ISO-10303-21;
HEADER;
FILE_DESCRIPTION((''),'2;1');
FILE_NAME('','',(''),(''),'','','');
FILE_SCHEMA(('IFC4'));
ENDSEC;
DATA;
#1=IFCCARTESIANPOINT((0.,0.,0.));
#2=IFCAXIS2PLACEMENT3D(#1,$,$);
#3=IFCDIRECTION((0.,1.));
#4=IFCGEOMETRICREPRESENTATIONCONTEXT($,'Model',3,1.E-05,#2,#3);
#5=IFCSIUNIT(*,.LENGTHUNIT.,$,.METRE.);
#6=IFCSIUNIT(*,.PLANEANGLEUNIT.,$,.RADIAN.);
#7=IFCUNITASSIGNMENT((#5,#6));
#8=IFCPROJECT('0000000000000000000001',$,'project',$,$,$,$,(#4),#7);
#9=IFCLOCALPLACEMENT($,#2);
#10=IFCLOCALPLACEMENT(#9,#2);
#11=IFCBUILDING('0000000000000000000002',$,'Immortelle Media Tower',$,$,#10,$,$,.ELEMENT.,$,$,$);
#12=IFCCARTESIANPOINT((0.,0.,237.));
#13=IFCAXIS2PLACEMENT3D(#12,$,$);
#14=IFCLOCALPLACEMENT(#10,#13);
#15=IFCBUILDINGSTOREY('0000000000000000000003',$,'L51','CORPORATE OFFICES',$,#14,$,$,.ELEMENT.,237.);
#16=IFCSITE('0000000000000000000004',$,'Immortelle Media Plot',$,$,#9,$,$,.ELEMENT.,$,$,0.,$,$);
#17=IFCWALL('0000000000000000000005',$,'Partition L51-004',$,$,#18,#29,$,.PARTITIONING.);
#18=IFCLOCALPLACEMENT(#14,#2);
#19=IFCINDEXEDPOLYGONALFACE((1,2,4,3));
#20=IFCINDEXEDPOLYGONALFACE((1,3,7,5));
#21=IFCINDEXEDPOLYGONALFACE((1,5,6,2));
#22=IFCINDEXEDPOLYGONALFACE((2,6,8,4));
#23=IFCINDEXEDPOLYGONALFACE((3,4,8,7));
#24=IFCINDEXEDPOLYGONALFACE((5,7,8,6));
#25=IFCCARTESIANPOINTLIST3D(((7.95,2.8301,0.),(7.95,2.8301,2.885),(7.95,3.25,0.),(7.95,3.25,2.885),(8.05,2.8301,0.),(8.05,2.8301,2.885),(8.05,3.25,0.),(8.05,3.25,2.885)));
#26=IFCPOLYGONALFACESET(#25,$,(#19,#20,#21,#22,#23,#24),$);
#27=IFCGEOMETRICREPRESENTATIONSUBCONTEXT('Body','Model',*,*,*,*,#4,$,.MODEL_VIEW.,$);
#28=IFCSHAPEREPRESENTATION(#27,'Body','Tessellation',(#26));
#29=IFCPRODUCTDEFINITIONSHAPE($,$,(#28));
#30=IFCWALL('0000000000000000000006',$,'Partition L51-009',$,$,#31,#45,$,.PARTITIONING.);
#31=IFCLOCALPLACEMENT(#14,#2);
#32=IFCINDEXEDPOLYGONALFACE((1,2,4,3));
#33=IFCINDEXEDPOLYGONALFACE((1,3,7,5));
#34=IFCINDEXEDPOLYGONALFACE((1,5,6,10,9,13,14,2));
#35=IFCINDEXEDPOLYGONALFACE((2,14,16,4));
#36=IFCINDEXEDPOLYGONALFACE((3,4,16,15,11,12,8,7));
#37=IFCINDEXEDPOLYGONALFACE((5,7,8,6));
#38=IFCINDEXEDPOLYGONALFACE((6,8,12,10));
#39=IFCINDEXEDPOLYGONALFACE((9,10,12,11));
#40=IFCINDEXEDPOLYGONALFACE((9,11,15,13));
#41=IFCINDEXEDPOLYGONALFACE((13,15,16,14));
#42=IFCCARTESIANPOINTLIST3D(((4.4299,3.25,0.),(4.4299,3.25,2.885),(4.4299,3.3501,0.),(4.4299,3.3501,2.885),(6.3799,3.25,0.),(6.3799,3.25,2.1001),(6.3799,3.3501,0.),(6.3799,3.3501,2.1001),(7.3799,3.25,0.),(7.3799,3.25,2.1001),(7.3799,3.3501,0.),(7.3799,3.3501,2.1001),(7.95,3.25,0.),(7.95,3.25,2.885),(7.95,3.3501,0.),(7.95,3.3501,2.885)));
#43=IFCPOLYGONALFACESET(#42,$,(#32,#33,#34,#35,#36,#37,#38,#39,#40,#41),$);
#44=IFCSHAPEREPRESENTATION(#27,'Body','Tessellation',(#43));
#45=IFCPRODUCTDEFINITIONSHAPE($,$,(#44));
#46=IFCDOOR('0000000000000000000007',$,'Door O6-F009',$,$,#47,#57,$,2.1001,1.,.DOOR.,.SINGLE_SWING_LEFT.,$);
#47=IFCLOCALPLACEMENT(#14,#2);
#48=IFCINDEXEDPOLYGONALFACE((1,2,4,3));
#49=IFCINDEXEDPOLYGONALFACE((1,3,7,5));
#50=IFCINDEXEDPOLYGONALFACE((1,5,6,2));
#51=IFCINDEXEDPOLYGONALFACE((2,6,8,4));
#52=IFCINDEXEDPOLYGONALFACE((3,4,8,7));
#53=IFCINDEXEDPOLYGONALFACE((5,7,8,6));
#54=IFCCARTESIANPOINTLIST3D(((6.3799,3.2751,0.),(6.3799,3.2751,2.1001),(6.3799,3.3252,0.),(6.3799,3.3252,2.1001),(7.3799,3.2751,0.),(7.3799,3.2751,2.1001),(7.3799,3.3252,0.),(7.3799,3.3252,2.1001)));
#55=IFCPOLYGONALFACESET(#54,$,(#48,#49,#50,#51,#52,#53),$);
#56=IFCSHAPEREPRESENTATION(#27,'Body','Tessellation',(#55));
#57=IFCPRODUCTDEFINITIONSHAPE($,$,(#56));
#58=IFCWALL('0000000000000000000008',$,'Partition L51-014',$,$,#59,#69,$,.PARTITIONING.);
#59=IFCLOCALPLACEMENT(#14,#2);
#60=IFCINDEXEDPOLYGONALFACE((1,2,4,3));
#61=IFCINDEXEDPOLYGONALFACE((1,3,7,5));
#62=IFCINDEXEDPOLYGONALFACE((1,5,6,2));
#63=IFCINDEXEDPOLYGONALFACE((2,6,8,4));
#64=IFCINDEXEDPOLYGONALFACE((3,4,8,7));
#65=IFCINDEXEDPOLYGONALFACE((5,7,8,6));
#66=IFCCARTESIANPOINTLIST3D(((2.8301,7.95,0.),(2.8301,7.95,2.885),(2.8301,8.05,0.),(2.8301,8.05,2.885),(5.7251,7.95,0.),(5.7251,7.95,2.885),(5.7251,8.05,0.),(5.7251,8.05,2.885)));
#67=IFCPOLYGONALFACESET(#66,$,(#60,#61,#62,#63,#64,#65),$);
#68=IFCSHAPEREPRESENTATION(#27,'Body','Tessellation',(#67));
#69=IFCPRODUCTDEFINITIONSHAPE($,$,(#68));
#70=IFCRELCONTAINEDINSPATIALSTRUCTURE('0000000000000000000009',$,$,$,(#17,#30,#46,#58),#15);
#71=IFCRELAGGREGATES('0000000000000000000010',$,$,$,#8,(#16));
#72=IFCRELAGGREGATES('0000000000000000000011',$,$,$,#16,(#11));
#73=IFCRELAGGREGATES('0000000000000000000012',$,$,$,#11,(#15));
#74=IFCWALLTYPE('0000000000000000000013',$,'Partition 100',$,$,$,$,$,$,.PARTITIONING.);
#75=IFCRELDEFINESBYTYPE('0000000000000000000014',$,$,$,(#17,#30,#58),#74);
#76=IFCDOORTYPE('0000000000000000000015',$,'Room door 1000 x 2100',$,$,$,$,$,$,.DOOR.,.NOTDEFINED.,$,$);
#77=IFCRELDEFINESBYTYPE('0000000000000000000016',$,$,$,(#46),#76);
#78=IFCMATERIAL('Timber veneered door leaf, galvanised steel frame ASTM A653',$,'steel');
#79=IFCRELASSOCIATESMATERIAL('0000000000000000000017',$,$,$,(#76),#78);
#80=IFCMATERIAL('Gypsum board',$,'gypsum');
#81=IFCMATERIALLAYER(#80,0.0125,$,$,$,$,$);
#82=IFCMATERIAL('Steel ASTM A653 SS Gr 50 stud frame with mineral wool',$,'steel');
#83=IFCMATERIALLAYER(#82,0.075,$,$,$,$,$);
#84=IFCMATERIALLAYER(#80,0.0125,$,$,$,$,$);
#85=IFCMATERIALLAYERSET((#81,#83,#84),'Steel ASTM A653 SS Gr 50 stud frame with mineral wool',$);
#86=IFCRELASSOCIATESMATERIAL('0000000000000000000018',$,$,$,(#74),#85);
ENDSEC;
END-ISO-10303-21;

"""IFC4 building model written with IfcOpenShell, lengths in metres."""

from ifc_helpers import new_model, si_unit, direction, frame, frame_2d, origin, place, context, subcontext, project, spatial, rectangle, extrude, material, layer, layer_set, type_object, element, fill, save


model = new_model("IFC4")

# Units and contexts
model_context = context("Model", 3, precision=1e-05, world=origin(), true_north=direction((0.0, 1.0)))
body_context = subcontext(model_context, "Body", "Model", "MODEL_VIEW")
ifc_project = project(units=[si_unit("LENGTHUNIT", "METRE"), si_unit("PLANEANGLEUNIT", "RADIAN")], contexts=[model_context])

# Site, building, storey
site_placement = place(None, origin())
site = spatial("IfcSite", under=ifc_project, at=site_placement, Name="Immortelle Media Plot", CompositionType="ELEMENT", RefElevation=0.0)
building_placement = place(site_placement, origin())
building = spatial("IfcBuilding", under=site, at=building_placement, Name="Immortelle Media Tower", CompositionType="ELEMENT")
storey_placement = place(building_placement, frame((0.0, 0.0, 237.0)))
storey = spatial("IfcBuildingStorey", under=building, at=storey_placement, Name="L51", Description="CORPORATE OFFICES", CompositionType="ELEMENT", Elevation=237.0)

# Shared definitions
ifc_material_1 = material(Name="Steel ASTM A653 SS Gr 50 stud frame with mineral wool", Category="steel")
ifc_material_2 = material(Name="Timber veneered door leaf, galvanised steel frame ASTM A653", Category="steel")
door_type = type_object("IfcDoorType", Name="Room door 1000 x 2100", OperationType="NOTDEFINED", PredefinedType="DOOR", material=ifc_material_2)

# Wall
ifc_material_3 = material(Name="Gypsum board", Category="gypsum")
ifc_layer_1 = layer(ifc_material_3, 0.0125)
ifc_layer_2 = layer(ifc_material_1, 0.075)
ifc_layer_3 = layer(ifc_material_3, 0.0125)
ifc_layer_set_1 = layer_set([ifc_layer_1, ifc_layer_2, ifc_layer_3], Name="Steel ASTM A653 SS Gr 50 stud frame with mineral wool")
wall_type_1 = type_object("IfcWallType", Name="Partition 100", PredefinedType="PARTITIONING", material=ifc_layer_set_1)
wall_1_placement = place(storey_placement, frame((8.0, 2.8301, 0.0), z_axis=(0.0, 0.0, 1.0), x_axis=(0.0, 1.0, 0.0)))
element("IfcWall", 1, at=wall_1_placement, inside=storey, type_object=wall_type_1, Name="Partition L51-004", PredefinedType="PARTITIONING", context=body_context, shape_type="SweptSolid", body=[
    extrude(rectangle(XDim=0.4199, YDim=0.1001, at=frame_2d((0.21, 0.0))), origin(), (0.0, 0.0, 1.0), 2.885),
])

# Wall, opening, door
wall_2_placement = place(storey_placement, frame((4.4299, 3.3, 0.0), z_axis=(0.0, 0.0, 1.0), x_axis=(1.0, 0.0, 0.0)))
wall_2 = element("IfcWall", 2, at=wall_2_placement, inside=storey, type_object=wall_type_1, Name="Partition L51-009", PredefinedType="PARTITIONING", context=body_context, shape_type="SweptSolid", body=[
    extrude(rectangle(XDim=3.52, YDim=0.1001, at=frame_2d((1.76, 0.0))), origin(), (0.0, 0.0, 1.0), 2.885),
])
opening_1_placement = place(wall_2_placement, frame((2.95, 0.0, 0.0), z_axis=(0.0, 0.0, 1.0), x_axis=(-1.0, 0.0, 0.0)))
opening_1 = element("IfcOpeningElement", 3, at=opening_1_placement, cuts=wall_2, PredefinedType="OPENING", context=body_context, shape_type="SweptSolid", body=[
    extrude(rectangle(XDim=1.0, YDim=2.1001, at=frame_2d((0.5, 1.05))), frame((0.0, 0.0601, 0.0), z_axis=(0.0, -1.0, 0.0), x_axis=(1.0, 0.0, 0.0)), (0.0, 0.0, 1.0), 0.1201),
])
door_1_placement = place(opening_1_placement, origin())
door_1 = element("IfcDoor", 4, at=door_1_placement, inside=storey, type_object=door_type, Name="Door O6-F009", OperationType="SINGLE_SWING_LEFT", OverallHeight=2.1001, OverallWidth=1.0, PredefinedType="DOOR", context=body_context, shape_type="SweptSolid", body=[
    extrude(rectangle(XDim=1.0, YDim=2.1001, at=frame_2d((0.5, 1.05))), frame((0.0, 0.0249, 0.0), z_axis=(0.0, -1.0, 0.0), x_axis=(1.0, 0.0, 0.0)), (0.0, 0.0, 1.0), 0.05),
])
fill(opening_1, door_1)

# Wall
wall_3_placement = place(storey_placement, frame((2.8301, 8.0, 0.0), z_axis=(0.0, 0.0, 1.0), x_axis=(1.0, 0.0, 0.0)))
element("IfcWall", 5, at=wall_3_placement, inside=storey, type_object=wall_type_1, Name="Partition L51-014", PredefinedType="PARTITIONING", context=body_context, shape_type="SweptSolid", body=[
    extrude(rectangle(XDim=2.895, YDim=0.1001, at=frame_2d((1.4475, 0.0))), origin(), (0.0, 0.0, 1.0), 2.885),
])

save(model, "model.ifc")
